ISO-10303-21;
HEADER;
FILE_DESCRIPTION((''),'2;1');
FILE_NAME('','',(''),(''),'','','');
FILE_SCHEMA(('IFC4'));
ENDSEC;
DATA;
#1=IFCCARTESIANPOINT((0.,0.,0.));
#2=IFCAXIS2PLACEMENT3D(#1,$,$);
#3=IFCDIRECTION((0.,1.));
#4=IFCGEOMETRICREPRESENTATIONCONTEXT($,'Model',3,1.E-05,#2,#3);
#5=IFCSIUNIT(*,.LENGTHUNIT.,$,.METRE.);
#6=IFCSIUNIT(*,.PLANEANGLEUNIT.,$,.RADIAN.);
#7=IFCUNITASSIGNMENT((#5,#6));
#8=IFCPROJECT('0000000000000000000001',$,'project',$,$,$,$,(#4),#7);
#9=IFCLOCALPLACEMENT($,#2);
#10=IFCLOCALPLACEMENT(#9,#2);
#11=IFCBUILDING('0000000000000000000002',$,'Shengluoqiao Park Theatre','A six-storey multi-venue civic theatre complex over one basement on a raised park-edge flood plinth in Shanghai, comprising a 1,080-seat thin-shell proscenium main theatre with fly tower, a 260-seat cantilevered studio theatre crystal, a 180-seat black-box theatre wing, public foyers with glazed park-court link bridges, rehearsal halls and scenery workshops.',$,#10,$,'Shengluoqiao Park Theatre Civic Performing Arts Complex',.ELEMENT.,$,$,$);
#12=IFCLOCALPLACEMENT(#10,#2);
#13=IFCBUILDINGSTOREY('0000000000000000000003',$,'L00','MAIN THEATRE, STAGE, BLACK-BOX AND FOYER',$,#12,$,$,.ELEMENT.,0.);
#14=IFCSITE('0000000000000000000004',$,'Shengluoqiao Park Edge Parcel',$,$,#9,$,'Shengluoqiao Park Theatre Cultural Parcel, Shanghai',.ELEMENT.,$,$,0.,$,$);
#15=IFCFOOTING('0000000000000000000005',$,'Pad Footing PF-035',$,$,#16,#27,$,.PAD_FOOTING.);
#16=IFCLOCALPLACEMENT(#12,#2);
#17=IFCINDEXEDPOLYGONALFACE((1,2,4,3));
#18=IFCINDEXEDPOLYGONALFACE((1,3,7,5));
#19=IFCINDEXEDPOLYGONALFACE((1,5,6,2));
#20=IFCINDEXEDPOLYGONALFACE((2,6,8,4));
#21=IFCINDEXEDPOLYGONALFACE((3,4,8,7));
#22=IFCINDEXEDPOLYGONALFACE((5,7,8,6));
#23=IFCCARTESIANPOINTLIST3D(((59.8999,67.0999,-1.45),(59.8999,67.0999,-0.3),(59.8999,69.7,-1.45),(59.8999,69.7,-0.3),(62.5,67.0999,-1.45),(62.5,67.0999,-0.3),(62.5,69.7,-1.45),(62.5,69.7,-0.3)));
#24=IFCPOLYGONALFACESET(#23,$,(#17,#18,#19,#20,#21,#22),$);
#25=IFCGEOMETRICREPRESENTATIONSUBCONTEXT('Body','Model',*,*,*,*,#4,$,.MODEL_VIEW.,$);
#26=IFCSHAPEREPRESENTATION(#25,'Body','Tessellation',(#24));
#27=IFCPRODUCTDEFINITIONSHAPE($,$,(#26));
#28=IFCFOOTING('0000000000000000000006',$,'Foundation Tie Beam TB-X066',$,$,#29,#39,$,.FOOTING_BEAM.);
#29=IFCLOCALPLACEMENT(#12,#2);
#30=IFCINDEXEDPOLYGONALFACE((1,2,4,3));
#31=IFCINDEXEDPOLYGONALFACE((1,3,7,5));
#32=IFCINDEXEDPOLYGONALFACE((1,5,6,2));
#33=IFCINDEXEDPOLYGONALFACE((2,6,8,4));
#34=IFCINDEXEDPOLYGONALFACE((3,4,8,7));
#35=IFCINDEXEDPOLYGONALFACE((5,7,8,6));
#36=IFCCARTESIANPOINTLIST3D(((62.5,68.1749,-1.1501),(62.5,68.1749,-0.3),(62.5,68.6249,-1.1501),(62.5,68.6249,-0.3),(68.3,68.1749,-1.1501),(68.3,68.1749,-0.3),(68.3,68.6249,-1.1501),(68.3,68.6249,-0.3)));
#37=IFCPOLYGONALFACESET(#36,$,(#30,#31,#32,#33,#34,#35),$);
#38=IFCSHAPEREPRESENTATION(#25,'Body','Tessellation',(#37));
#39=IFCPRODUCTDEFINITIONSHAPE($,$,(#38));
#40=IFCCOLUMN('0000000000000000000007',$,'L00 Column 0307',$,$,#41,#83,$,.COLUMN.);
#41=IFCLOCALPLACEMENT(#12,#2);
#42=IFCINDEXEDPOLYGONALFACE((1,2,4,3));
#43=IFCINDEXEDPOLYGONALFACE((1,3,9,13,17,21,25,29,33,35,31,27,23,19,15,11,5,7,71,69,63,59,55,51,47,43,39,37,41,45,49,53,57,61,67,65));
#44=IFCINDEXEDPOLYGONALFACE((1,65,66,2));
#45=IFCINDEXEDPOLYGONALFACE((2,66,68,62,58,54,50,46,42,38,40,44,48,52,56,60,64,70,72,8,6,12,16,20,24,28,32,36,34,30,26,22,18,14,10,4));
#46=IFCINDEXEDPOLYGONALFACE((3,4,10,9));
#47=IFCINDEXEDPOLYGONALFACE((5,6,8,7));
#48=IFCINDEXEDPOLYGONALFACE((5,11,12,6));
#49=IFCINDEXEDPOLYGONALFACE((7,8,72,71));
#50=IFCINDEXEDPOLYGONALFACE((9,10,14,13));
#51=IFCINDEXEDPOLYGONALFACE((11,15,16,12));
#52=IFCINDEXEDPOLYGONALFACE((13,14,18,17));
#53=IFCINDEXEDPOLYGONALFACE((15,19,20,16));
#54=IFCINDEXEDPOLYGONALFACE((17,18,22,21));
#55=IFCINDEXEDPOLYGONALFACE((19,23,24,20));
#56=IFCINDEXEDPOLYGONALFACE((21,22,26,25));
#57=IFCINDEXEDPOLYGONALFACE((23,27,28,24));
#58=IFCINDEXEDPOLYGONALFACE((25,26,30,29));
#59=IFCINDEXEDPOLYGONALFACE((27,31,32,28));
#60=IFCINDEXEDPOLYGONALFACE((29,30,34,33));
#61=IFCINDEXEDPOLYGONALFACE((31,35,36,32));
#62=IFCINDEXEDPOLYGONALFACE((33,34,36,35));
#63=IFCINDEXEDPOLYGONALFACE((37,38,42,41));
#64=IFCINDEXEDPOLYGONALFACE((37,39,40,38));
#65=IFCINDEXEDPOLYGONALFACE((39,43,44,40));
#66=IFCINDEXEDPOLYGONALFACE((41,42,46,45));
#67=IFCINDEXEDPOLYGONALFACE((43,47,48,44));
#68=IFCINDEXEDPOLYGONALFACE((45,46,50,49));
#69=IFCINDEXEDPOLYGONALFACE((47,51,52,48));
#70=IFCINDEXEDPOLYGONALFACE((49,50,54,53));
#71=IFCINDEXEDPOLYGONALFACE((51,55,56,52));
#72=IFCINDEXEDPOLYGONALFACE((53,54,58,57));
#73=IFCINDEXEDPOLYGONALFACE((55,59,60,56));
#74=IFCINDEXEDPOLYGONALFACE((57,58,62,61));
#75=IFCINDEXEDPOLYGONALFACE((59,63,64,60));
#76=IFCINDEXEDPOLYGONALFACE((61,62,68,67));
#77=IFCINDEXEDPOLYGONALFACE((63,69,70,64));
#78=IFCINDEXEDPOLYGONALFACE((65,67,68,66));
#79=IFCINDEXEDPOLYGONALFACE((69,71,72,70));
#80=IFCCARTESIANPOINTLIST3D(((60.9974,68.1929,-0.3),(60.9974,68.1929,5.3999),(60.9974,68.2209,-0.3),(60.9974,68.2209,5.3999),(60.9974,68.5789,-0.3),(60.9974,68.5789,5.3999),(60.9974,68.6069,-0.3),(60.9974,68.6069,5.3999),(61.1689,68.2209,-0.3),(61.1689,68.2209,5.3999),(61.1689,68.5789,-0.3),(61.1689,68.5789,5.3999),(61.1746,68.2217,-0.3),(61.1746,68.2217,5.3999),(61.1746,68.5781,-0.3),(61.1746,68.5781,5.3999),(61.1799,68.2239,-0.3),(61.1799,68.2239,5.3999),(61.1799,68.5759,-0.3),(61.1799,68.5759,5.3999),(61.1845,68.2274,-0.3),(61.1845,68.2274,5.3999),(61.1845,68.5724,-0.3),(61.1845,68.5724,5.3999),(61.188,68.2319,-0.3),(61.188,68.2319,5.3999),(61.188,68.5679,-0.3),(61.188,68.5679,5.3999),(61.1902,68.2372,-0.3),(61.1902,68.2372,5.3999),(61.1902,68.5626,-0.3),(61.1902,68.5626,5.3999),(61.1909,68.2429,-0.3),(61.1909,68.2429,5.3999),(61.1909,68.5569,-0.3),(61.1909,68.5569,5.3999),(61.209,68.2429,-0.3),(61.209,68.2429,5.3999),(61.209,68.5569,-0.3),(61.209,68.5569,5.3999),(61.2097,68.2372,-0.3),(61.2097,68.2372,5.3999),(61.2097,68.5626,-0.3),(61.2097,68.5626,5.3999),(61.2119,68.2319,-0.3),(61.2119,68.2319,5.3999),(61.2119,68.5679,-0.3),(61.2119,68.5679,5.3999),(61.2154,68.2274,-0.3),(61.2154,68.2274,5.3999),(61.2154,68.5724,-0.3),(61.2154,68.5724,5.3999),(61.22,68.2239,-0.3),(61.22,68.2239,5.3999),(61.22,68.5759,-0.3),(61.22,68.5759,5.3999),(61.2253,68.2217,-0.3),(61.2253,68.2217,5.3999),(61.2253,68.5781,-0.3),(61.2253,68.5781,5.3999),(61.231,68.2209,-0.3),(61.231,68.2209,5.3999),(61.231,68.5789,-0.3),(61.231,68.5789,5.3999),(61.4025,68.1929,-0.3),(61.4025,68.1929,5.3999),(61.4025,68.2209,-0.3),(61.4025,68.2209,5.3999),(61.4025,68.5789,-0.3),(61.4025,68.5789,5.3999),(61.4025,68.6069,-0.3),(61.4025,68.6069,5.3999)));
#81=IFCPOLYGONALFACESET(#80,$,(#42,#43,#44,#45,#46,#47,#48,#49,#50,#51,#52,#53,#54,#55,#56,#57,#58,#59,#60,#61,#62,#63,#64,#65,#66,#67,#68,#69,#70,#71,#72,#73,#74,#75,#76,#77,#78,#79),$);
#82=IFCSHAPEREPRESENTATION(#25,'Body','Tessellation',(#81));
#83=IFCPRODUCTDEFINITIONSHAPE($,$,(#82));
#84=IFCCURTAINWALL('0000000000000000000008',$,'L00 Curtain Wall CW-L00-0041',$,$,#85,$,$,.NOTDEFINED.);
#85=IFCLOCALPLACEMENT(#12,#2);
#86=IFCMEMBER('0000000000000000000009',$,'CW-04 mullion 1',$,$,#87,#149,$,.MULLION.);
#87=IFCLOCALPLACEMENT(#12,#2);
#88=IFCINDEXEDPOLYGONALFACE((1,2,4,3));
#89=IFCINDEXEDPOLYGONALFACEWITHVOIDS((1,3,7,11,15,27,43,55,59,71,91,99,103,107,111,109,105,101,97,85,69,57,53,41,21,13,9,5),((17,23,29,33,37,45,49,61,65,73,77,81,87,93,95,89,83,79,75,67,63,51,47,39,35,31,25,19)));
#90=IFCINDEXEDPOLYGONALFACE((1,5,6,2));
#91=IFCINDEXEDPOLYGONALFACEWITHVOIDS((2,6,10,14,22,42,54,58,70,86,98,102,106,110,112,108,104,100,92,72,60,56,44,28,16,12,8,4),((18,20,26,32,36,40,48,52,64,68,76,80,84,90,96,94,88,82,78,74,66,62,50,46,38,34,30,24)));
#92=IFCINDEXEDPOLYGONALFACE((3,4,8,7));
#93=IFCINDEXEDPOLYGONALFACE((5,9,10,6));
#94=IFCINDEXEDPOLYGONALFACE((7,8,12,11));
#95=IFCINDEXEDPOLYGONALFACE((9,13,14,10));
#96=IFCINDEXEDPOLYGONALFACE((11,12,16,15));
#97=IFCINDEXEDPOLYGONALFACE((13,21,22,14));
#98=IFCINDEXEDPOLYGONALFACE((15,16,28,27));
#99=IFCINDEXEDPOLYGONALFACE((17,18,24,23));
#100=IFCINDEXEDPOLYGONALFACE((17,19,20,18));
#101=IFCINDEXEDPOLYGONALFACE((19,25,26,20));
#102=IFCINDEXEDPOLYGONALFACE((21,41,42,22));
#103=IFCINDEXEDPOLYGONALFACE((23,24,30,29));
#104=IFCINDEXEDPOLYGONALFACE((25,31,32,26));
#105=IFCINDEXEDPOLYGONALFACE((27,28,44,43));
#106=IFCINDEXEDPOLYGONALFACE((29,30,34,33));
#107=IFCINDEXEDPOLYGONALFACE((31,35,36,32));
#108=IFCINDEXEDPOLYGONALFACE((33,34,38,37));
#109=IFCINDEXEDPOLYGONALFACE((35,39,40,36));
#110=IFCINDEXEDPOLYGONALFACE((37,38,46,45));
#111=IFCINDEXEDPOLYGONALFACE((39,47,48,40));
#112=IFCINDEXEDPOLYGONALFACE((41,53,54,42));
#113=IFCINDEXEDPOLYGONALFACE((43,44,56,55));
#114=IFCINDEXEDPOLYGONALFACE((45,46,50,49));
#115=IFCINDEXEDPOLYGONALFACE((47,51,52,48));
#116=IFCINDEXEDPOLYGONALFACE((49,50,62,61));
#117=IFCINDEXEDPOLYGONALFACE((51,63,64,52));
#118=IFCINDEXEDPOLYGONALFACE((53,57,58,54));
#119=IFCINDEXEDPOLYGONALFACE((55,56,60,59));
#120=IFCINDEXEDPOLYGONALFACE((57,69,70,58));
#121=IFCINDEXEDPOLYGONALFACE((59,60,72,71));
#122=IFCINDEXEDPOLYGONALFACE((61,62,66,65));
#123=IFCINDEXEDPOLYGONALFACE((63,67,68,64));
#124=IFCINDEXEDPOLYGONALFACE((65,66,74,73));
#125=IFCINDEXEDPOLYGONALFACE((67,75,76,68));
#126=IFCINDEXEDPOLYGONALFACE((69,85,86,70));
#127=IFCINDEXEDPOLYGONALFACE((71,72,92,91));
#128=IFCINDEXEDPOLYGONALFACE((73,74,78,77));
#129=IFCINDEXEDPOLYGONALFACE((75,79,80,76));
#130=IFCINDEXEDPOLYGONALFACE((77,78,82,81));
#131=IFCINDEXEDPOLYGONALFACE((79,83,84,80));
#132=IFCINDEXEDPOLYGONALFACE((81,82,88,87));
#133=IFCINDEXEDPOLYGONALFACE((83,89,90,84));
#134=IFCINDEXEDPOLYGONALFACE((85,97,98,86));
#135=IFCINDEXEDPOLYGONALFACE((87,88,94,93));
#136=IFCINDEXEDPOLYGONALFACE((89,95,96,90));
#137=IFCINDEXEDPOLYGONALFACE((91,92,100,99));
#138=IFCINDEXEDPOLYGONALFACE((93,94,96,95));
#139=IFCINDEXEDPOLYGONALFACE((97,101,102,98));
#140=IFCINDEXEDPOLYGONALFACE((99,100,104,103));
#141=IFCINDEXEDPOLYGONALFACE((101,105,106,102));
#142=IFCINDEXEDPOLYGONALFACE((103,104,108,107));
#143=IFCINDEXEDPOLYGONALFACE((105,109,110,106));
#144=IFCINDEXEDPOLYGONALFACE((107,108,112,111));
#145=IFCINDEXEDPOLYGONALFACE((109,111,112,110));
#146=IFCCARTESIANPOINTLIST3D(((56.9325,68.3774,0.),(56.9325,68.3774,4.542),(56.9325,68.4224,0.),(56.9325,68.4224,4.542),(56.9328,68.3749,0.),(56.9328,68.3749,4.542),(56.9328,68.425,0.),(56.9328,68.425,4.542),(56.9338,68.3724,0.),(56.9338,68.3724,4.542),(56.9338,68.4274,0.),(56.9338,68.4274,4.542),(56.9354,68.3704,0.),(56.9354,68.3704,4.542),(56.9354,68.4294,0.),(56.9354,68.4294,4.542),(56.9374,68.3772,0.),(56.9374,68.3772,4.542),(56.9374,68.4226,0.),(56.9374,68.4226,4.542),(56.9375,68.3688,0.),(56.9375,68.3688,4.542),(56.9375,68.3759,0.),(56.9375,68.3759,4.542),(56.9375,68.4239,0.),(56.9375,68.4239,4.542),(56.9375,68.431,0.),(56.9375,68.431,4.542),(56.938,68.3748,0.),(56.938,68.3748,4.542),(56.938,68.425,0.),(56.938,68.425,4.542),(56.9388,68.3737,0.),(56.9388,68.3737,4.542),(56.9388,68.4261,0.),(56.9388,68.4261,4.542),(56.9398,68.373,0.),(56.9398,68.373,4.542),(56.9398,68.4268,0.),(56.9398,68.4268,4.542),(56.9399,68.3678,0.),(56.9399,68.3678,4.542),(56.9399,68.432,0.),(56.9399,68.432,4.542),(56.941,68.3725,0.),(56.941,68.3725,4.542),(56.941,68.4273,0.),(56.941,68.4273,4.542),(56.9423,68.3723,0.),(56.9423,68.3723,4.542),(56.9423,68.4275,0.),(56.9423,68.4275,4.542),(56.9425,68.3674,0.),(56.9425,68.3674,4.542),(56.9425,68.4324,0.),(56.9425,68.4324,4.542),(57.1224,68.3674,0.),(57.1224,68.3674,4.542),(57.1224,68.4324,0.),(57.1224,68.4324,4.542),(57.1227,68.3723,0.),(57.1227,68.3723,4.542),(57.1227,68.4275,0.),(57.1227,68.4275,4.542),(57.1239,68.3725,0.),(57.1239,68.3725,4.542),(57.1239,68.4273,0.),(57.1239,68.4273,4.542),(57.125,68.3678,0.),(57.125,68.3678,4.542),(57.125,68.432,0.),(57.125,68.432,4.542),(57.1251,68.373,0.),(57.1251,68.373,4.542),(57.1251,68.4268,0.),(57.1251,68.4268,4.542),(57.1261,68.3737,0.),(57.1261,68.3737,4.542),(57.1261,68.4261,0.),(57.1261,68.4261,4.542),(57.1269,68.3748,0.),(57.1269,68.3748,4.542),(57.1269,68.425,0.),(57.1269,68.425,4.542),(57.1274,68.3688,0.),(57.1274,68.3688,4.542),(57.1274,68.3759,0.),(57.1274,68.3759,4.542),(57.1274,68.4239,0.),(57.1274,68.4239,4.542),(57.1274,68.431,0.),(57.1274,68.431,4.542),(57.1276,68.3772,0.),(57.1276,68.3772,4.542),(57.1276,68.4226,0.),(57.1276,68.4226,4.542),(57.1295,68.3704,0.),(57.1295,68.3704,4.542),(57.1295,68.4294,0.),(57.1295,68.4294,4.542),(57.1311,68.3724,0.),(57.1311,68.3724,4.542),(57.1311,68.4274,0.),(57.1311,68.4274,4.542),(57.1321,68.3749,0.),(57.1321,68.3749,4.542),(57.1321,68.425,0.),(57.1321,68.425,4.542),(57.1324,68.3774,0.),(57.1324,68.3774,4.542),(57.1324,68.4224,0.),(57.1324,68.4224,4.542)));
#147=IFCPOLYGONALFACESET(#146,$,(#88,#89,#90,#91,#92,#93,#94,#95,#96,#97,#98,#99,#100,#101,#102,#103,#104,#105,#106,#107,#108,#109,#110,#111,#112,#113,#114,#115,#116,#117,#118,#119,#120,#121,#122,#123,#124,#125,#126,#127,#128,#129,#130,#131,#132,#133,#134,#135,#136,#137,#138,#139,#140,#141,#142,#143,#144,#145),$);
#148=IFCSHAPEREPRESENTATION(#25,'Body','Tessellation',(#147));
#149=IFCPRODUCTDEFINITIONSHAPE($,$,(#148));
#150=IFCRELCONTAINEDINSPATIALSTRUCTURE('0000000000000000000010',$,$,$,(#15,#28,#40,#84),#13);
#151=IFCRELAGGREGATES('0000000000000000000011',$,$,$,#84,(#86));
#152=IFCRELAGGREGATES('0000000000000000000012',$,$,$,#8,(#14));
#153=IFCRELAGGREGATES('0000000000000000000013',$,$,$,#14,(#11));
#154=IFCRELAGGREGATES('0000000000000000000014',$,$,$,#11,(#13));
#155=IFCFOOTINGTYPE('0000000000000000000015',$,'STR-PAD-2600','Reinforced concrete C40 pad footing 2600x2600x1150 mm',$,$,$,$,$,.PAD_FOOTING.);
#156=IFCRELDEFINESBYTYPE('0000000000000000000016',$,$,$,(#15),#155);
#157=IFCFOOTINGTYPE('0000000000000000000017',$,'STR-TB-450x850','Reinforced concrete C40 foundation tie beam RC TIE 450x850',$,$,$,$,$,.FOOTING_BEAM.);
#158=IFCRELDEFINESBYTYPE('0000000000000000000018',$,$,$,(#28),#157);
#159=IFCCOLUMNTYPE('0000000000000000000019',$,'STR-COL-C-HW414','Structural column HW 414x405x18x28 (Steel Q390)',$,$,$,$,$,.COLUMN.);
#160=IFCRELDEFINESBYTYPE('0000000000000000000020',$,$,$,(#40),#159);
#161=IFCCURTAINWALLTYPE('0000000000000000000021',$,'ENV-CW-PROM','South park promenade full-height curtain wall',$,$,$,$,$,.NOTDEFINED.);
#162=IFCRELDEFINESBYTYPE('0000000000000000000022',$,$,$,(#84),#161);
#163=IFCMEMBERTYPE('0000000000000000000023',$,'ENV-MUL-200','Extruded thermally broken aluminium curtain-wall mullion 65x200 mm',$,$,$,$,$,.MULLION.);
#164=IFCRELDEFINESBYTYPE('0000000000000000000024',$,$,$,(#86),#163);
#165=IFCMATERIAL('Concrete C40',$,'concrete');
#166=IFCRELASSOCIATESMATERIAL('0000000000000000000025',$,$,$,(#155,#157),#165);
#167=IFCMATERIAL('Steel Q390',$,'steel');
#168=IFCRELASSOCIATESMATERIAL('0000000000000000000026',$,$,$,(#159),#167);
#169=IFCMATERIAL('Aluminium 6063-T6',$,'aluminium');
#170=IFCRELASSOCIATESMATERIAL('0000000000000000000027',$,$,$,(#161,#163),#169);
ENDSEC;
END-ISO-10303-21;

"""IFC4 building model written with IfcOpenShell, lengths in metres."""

from ifc_helpers import new_model, si_unit, direction, frame, origin, origin_2d, place, context, subcontext, project, spatial, rectangle, hollow_rectangle, i_section, extrude, material, material_profile, profile_set, type_object, element, aggregate, save


model = new_model("IFC4")

# Units and contexts
model_context = context("Model", 3, precision=1e-05, world=origin(), true_north=direction((0.0, 1.0)))
body_context = subcontext(model_context, "Body", "Model", "MODEL_VIEW")
ifc_project = project(units=[si_unit("LENGTHUNIT", "METRE"), si_unit("PLANEANGLEUNIT", "RADIAN")], contexts=[model_context])

# Site, building, storey
site_placement = place(None, origin())
site = spatial("IfcSite", under=ifc_project, at=site_placement, Name="Shengluoqiao Park Edge Parcel", LongName="Shengluoqiao Park Theatre Cultural Parcel, Shanghai", CompositionType="ELEMENT", RefElevation=0.0)
building_placement = place(site_placement, origin())
building = spatial("IfcBuilding", under=site, at=building_placement, Name="Shengluoqiao Park Theatre", Description="A six-storey multi-venue civic theatre complex over one basement on a raised park-edge flood plinth in Shanghai, comprising a 1,080-seat thin-shell proscenium main theatre with fly tower, a 260-seat cantilevered studio theatre crystal, a 180-seat black-box theatre wing, public foyers with glazed park-court link bridges, rehearsal halls and scenery workshops.", LongName="Shengluoqiao Park Theatre Civic Performing Arts Complex", CompositionType="ELEMENT")
storey_placement = place(building_placement, origin())
storey = spatial("IfcBuildingStorey", under=building, at=storey_placement, Name="L00", Description="MAIN THEATRE, STAGE, BLACK-BOX AND FOYER", CompositionType="ELEMENT", Elevation=0.0)

# Footings
ifc_material_1 = material(Name="Concrete C40", Category="concrete")
footing_type_1 = type_object("IfcFootingType", Name="STR-PAD-2600", Description="Reinforced concrete C40 pad footing 2600x2600x1150 mm", PredefinedType="PAD_FOOTING", material=ifc_material_1)
footing_1_placement = place(storey_placement, frame((61.2, 68.3999, -1.45), z_axis=(0.0, 0.0, 1.0), x_axis=(1.0, 0.0, 0.0)))
element("IfcFooting", 1, at=footing_1_placement, inside=storey, type_object=footing_type_1, Name="Pad Footing PF-035", PredefinedType="PAD_FOOTING", context=body_context, shape_type="SweptSolid", body=[
    extrude(rectangle(XDim=2.6001, YDim=2.6001, at=origin_2d()), origin(), (0.0, 0.0, 1.0), 1.1499),
])
ifc_material_profile_1 = material_profile(ifc_material_1, rectangle(XDim=0.45, YDim=0.8501, at=origin_2d()), Name="RC TIE 450x850")
ifc_profile_set_1 = profile_set([ifc_material_profile_1], Name="Concrete C40")
footing_type_2 = type_object("IfcFootingType", Name="STR-TB-450x850", Description="Reinforced concrete C40 foundation tie beam RC TIE 450x850", PredefinedType="FOOTING_BEAM", material=ifc_profile_set_1)
footing_2_placement = place(storey_placement, frame((62.5, 68.3999, -0.7251), z_axis=(1.0, 0.0, 0.0), x_axis=(0.0, 1.0, 0.0)))
element("IfcFooting", 2, at=footing_2_placement, inside=storey, type_object=footing_type_2, Name="Foundation Tie Beam TB-X066", PredefinedType="FOOTING_BEAM", context=body_context, shape_type="SweptSolid", body=[
    extrude(rectangle(XDim=0.45, YDim=0.8501, at=origin_2d()), origin(), (0.0, 0.0, 1.0), 5.8),
])

# Column
ifc_material_2 = material(Name="Steel Q390", Category="steel")
ifc_material_profile_2 = material_profile(ifc_material_2, i_section(OverallWidth=0.405, OverallDepth=0.4141, WebThickness=0.0181, FlangeThickness=0.0281, FilletRadius=0.022, at=origin_2d()), Name="HW 414x405x18x28")
ifc_profile_set_2 = profile_set([ifc_material_profile_2], Name="Steel Q390")
column_type = type_object("IfcColumnType", Name="STR-COL-C-HW414", Description="Structural column HW 414x405x18x28 (Steel Q390)", PredefinedType="COLUMN", material=ifc_profile_set_2)
column_placement = place(storey_placement, frame((61.2, 68.3999, -0.3), z_axis=(0.0, 0.0, 1.0), x_axis=(1.0, 0.0, 0.0)))
element("IfcColumn", 3, at=column_placement, inside=storey, type_object=column_type, Name="L00 Column 0307", PredefinedType="COLUMN", context=body_context, shape_type="SweptSolid", body=[
    extrude(i_section(OverallWidth=0.405, OverallDepth=0.4141, WebThickness=0.0181, FlangeThickness=0.0281, FilletRadius=0.022, at=origin_2d()), origin(), (0.0, 0.0, 1.0), 5.7),
])

# Curtain wall, member
ifc_material_3 = material(Name="Aluminium 6063-T6", Category="aluminium")
curtain_wall_type = type_object("IfcCurtainWallType", Name="ENV-CW-PROM", Description="South park promenade full-height curtain wall", PredefinedType="NOTDEFINED", material=ifc_material_3)
curtain_wall_1_placement = place(storey_placement, origin())
curtain_wall_1 = element("IfcCurtainWall", 4, at=curtain_wall_1_placement, inside=storey, type_object=curtain_wall_type, Name="L00 Curtain Wall CW-L00-0041", PredefinedType="NOTDEFINED")
ifc_material_profile_3 = material_profile(ifc_material_3, hollow_rectangle(XDim=0.0649, YDim=0.2, WallThickness=0.0049, InnerFilletRadius=0.0049, OuterFilletRadius=0.01, at=origin_2d()), Name="ALU MULLION 200x65x5")
ifc_profile_set_3 = profile_set([ifc_material_profile_3], Name="Aluminium 6063-T6")
member_type_1 = type_object("IfcMemberType", Name="ENV-MUL-200", Description="Extruded thermally broken aluminium curtain-wall mullion 65x200 mm", PredefinedType="MULLION", material=ifc_profile_set_3)
member_1_placement = place(storey_placement, frame((57.0325, 68.3999, 0.0), z_axis=(0.0, 0.0, 1.0), x_axis=(0.0, 1.0, 0.0)))
member_1 = element("IfcMember", 5, at=member_1_placement, type_object=member_type_1, Name="CW-04 mullion 1", PredefinedType="MULLION", context=body_context, shape_type="SweptSolid", body=[
    extrude(hollow_rectangle(XDim=0.0649, YDim=0.2, WallThickness=0.0049, InnerFilletRadius=0.0049, OuterFilletRadius=0.01, at=origin_2d()), origin(), (0.0, 0.0, 1.0), 4.542),
])

aggregate(curtain_wall_1, [member_1])

save(model, "model.ifc")
